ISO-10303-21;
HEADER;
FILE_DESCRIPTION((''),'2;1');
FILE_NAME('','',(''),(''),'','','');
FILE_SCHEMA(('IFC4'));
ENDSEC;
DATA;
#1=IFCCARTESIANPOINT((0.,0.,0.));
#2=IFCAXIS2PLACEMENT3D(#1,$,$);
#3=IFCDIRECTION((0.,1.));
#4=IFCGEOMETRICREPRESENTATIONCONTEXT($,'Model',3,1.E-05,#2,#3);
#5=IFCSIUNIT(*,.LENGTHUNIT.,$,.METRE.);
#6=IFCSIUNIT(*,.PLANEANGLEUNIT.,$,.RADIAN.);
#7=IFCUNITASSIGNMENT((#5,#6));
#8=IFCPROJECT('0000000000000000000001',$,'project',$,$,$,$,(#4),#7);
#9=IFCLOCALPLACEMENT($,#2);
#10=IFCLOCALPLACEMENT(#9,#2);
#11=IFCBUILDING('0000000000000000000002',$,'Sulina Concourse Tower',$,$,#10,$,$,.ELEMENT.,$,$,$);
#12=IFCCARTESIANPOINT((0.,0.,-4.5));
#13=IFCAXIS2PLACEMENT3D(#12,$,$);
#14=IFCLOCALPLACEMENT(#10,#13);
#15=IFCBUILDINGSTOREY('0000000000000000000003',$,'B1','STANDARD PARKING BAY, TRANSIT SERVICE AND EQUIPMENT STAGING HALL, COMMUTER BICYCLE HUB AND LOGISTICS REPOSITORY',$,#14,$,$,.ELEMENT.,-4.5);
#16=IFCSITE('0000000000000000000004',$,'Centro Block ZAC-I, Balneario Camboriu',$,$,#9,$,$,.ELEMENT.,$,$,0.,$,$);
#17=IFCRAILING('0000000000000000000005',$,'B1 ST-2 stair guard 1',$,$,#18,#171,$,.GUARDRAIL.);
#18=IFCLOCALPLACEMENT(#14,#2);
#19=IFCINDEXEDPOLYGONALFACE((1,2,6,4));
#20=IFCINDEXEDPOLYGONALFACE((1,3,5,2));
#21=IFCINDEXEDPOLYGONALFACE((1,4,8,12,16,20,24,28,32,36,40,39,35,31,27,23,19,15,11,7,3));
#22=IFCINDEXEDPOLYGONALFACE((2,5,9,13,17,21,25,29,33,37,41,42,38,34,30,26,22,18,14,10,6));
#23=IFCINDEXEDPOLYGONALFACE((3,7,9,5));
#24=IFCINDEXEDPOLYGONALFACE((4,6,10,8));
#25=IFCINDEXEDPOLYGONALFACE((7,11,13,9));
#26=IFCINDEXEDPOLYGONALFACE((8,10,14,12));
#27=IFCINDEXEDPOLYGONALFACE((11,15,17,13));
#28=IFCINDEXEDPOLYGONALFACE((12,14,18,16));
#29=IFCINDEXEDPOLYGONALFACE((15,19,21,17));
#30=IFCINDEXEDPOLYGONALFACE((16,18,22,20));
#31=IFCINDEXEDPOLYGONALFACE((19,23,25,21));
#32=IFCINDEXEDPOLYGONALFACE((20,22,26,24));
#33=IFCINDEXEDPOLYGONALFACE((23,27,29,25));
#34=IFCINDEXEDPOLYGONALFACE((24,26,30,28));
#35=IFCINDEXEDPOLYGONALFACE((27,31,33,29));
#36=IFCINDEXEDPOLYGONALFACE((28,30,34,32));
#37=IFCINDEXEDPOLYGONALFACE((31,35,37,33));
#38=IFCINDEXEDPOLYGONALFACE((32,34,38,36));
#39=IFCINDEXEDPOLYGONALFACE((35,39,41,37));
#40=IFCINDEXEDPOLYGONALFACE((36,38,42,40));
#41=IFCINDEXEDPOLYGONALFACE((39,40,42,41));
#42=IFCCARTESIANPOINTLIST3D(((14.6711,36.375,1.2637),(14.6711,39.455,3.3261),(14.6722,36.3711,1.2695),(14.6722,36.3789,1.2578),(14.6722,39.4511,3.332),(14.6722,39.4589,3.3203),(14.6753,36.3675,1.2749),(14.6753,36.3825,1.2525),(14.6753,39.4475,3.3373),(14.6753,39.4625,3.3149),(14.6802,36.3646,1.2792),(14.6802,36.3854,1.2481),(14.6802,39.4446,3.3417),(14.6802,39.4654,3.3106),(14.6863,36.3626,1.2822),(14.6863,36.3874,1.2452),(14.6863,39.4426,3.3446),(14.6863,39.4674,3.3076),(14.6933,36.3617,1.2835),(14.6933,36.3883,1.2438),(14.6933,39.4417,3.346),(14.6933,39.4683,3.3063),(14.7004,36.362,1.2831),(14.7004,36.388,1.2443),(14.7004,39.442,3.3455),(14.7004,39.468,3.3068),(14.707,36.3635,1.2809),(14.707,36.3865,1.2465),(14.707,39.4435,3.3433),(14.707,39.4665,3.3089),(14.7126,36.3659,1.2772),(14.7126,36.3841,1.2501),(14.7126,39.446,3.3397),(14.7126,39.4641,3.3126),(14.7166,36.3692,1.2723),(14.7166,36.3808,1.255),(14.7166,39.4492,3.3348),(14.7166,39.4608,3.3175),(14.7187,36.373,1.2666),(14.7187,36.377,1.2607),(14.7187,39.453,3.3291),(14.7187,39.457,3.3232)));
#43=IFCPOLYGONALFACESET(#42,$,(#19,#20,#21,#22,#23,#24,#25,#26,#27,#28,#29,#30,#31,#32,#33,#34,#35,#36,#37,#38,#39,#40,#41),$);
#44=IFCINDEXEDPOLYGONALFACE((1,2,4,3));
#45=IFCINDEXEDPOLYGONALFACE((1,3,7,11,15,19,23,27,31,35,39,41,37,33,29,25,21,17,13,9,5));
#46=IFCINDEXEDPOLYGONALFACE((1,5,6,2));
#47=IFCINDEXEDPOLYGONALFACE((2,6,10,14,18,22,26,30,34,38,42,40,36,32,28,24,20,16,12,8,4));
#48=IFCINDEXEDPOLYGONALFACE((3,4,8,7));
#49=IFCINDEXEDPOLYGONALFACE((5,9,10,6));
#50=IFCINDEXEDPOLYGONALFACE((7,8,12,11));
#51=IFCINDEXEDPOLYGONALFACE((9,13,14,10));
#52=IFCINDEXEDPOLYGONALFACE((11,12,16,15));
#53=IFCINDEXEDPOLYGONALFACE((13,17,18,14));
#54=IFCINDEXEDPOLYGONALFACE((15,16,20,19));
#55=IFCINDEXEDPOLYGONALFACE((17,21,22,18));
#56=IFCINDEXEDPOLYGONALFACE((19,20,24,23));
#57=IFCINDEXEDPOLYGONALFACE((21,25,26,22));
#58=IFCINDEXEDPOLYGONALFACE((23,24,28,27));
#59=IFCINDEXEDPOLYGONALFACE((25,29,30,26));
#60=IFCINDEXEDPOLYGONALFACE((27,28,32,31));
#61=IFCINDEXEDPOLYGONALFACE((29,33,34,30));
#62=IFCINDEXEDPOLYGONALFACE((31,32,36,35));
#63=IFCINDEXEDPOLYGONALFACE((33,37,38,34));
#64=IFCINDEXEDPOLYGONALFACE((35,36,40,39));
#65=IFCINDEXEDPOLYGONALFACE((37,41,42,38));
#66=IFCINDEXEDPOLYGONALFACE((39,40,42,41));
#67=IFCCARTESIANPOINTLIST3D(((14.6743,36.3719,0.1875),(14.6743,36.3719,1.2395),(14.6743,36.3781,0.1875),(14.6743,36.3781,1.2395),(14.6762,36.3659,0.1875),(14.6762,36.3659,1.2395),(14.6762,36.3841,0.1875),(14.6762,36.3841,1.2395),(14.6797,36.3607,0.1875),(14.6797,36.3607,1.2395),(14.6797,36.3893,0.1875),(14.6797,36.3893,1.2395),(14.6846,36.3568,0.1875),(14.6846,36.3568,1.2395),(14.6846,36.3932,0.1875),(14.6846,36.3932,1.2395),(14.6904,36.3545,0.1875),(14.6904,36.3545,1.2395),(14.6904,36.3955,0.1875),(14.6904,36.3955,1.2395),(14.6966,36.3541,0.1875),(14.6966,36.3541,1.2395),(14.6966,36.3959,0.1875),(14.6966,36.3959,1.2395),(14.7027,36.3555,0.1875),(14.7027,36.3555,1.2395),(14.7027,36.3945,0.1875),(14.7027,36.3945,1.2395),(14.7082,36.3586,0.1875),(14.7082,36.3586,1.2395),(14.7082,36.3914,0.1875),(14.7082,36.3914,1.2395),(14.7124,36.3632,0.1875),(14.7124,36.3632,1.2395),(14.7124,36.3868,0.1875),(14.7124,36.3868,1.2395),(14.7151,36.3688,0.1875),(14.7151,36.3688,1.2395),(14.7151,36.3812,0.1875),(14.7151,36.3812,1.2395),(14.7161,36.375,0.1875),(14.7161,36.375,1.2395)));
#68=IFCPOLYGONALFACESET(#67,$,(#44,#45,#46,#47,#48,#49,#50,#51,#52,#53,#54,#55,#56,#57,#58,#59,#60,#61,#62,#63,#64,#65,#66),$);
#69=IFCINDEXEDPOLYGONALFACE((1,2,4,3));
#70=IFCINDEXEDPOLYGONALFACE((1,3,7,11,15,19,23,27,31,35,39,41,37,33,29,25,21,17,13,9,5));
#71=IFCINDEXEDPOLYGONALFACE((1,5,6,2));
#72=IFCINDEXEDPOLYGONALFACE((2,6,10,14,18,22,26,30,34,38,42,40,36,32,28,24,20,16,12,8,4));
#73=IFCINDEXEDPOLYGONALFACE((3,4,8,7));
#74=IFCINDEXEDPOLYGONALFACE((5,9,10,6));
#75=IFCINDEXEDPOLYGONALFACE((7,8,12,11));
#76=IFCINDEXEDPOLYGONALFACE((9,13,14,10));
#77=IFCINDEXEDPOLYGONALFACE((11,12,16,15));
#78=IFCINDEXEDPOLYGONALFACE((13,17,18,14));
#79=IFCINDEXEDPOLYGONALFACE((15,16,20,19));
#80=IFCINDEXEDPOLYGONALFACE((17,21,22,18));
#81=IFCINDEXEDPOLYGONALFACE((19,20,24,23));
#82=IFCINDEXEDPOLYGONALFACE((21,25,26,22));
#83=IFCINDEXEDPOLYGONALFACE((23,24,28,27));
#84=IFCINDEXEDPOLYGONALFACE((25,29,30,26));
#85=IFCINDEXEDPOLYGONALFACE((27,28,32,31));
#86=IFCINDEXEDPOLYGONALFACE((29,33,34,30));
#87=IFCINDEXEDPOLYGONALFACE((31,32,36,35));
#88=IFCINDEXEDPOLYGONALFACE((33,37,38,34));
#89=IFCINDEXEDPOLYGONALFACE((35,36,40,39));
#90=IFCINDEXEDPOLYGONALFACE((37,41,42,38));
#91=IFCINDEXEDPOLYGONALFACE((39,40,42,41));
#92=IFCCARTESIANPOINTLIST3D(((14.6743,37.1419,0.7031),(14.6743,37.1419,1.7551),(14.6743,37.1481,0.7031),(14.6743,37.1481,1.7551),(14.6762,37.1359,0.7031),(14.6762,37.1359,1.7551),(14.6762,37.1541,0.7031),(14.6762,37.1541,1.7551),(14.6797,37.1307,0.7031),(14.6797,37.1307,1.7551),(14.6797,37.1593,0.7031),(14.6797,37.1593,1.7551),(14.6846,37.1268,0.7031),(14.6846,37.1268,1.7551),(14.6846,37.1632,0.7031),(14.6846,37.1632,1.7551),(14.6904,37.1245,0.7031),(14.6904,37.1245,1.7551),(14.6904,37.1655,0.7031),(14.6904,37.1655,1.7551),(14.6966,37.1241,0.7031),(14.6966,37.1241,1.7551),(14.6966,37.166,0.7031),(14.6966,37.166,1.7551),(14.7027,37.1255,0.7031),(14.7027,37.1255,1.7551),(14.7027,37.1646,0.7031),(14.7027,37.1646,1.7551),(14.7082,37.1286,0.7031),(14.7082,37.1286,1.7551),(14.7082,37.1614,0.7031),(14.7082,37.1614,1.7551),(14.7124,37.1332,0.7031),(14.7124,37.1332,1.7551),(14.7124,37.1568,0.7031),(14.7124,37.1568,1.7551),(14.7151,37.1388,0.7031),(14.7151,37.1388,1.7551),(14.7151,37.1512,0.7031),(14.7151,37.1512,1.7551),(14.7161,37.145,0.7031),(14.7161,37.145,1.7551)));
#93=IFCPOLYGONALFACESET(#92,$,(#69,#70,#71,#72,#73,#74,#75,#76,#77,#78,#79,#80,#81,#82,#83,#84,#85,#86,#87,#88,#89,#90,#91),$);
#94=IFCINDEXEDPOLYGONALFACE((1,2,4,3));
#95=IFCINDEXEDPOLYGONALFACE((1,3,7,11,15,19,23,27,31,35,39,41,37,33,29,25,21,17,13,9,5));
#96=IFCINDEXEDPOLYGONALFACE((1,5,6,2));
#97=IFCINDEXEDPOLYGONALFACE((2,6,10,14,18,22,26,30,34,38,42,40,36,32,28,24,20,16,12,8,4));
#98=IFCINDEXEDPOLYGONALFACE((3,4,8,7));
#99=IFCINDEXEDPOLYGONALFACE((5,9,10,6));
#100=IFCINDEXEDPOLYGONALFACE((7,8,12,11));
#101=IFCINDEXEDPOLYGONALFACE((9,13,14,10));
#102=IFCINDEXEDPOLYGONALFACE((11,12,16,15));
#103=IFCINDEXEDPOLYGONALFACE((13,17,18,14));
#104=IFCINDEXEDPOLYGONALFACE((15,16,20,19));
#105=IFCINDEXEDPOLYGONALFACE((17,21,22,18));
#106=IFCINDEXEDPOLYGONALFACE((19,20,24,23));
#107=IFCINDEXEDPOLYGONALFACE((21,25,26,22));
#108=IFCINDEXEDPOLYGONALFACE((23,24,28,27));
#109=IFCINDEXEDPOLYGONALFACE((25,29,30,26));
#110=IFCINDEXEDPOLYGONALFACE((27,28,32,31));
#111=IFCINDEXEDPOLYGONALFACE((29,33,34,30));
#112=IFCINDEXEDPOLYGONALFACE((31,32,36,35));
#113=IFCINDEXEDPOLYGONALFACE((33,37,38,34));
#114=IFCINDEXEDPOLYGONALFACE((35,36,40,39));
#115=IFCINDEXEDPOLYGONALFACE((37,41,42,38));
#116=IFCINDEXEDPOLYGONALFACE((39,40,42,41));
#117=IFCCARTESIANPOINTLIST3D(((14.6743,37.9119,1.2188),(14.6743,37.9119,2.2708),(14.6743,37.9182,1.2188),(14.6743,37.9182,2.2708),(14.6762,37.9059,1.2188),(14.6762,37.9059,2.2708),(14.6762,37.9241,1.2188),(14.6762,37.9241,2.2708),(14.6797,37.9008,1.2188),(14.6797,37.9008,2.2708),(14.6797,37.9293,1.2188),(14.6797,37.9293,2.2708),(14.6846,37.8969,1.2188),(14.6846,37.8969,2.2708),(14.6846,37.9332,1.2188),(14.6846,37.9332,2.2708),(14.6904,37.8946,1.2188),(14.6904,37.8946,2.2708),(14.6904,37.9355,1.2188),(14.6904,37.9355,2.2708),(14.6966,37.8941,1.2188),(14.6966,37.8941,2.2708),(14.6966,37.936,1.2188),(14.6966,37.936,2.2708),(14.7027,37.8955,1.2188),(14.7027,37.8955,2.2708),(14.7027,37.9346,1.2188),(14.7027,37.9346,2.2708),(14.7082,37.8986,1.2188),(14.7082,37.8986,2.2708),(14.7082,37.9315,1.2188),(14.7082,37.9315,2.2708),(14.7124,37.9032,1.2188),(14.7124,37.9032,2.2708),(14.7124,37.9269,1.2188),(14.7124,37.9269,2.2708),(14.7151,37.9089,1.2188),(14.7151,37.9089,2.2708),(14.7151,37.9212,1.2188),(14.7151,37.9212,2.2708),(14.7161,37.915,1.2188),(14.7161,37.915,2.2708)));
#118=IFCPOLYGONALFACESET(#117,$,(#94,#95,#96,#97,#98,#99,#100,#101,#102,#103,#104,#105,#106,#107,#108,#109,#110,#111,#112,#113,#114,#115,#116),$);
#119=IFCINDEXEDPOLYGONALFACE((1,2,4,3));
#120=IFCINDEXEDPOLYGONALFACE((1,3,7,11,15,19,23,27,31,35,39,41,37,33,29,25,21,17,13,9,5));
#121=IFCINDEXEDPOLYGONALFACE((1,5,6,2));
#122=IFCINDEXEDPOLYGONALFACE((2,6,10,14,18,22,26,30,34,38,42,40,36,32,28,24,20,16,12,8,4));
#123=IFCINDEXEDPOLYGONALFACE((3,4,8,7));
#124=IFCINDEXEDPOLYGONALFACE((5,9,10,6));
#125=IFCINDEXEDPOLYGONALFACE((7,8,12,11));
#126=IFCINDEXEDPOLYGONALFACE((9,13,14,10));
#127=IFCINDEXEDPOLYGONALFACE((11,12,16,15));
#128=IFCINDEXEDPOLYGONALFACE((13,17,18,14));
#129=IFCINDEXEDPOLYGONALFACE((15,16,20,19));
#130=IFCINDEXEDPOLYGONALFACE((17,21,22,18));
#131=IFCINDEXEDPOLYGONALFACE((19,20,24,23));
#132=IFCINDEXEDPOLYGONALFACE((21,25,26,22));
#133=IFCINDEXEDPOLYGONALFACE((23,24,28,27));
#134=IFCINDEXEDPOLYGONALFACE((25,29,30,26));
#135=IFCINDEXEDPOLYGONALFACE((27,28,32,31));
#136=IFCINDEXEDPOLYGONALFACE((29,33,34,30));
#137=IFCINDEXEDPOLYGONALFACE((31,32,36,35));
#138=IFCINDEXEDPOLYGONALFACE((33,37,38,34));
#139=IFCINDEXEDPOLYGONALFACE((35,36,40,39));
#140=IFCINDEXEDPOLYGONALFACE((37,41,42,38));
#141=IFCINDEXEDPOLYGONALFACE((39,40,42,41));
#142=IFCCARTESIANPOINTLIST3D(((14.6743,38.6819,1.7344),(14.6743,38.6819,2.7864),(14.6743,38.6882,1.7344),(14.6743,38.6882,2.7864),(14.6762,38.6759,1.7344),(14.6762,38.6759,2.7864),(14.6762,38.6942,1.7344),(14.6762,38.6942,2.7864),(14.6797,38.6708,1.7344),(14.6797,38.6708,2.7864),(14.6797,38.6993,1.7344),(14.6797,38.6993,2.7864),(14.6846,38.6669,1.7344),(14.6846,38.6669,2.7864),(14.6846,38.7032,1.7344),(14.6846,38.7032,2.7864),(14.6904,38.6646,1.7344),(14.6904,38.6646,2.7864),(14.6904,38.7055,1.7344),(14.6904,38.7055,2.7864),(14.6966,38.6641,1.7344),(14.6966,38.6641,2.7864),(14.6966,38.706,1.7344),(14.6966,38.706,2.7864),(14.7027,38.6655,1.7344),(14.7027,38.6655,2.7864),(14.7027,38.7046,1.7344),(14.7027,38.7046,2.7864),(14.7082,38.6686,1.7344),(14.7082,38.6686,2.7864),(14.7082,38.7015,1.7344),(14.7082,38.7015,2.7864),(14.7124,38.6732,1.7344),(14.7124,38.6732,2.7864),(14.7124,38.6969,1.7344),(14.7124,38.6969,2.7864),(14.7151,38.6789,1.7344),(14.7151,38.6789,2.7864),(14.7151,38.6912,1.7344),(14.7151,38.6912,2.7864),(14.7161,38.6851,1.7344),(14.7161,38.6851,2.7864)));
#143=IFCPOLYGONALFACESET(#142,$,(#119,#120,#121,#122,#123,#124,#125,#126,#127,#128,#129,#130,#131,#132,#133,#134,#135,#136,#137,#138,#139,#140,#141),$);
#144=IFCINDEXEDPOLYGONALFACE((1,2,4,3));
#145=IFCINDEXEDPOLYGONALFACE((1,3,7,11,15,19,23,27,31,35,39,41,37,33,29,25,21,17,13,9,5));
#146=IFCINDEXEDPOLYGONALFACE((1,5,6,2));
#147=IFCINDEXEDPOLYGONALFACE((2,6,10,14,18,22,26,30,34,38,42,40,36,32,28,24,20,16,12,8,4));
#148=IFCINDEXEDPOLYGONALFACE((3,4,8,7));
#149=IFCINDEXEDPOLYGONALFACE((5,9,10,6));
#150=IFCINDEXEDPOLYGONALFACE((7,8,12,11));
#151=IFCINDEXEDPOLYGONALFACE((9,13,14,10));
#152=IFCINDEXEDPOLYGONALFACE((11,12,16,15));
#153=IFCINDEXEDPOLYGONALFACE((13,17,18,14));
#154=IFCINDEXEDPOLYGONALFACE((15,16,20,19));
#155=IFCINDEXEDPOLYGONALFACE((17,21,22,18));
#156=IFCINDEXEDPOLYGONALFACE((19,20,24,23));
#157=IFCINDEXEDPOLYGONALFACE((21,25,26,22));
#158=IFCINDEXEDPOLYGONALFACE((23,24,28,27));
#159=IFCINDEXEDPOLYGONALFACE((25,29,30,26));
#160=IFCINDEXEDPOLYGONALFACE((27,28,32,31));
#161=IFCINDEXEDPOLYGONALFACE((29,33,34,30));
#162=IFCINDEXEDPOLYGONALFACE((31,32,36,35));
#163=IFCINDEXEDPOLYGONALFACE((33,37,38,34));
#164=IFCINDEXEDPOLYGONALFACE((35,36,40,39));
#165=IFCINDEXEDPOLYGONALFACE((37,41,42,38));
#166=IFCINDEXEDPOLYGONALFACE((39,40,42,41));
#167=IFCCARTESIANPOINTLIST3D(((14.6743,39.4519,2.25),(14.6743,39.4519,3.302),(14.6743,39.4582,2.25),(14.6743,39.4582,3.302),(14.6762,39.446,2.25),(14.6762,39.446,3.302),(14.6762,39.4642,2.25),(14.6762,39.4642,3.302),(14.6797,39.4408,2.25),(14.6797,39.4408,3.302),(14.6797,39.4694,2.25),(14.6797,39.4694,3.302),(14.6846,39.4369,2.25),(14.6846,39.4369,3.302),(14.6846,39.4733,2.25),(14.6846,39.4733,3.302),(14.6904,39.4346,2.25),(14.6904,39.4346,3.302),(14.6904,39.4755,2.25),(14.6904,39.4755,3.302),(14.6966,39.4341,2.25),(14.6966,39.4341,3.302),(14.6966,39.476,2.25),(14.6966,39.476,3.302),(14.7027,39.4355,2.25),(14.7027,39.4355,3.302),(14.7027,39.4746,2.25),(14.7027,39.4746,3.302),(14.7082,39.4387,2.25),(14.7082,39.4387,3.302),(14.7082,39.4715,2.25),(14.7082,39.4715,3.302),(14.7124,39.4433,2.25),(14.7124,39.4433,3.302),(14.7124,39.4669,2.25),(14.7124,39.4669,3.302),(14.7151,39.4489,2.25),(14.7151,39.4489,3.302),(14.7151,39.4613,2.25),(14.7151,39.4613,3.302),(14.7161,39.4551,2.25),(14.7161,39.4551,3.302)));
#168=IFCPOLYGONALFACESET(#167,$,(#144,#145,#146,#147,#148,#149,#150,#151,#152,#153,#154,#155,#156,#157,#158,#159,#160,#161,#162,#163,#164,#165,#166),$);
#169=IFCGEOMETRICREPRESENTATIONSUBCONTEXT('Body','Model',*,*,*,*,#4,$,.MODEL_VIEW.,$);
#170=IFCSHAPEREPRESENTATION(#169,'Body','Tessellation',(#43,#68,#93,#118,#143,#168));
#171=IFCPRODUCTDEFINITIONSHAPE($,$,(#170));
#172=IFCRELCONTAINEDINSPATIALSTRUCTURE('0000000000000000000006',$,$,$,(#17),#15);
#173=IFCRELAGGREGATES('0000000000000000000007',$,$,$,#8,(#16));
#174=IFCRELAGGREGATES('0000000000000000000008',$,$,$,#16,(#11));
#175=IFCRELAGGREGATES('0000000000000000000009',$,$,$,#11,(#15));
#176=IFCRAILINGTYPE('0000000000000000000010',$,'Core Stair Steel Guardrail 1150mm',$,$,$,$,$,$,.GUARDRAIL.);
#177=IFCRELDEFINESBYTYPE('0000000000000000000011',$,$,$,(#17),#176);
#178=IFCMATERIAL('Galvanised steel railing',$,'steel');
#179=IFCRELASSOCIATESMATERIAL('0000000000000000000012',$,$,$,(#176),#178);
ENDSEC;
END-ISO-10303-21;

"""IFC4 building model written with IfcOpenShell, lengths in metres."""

from ifc_helpers import new_model, si_unit, direction, frame, origin, origin_2d, place, context, subcontext, project, spatial, circle, extrude, material, type_object, element, save


model = new_model("IFC4")

# Units and contexts
model_context = context("Model", 3, precision=1e-05, world=origin(), true_north=direction((0.0, 1.0)))
body_context = subcontext(model_context, "Body", "Model", "MODEL_VIEW")
ifc_project = project(units=[si_unit("LENGTHUNIT", "METRE"), si_unit("PLANEANGLEUNIT", "RADIAN")], contexts=[model_context])

# Site, building, storey
site_placement = place(None, origin())
site = spatial("IfcSite", under=ifc_project, at=site_placement, Name="Centro Block ZAC-I, Balneario Camboriu", CompositionType="ELEMENT", RefElevation=0.0)
building_placement = place(site_placement, origin())
building = spatial("IfcBuilding", under=site, at=building_placement, Name="Sulina Concourse Tower", CompositionType="ELEMENT")
storey_placement = place(building_placement, frame((0.0, 0.0, -4.5)))
storey = spatial("IfcBuildingStorey", under=building, at=storey_placement, Name="B1", Description="STANDARD PARKING BAY, TRANSIT SERVICE AND EQUIPMENT STAGING HALL, COMMUTER BICYCLE HUB AND LOGISTICS REPOSITORY", CompositionType="ELEMENT", Elevation=-4.5)

# Railing
ifc_material_1 = material(Name="Galvanised steel railing", Category="steel")
railing_type_1 = type_object("IfcRailingType", Name="Core Stair Steel Guardrail 1150mm", PredefinedType="GUARDRAIL", material=ifc_material_1)
railing_1_placement = place(storey_placement, frame((14.6951, 36.375, 0.1875)))
element("IfcRailing", 1, at=railing_1_placement, inside=storey, type_object=railing_type_1, Name="B1 ST-2 stair guard 1", PredefinedType="GUARDRAIL", context=body_context, shape_type="SweptSolid", body=[
    extrude(circle(Radius=0.0239, at=origin_2d()), frame((0.0, 0.0, 1.0762), z_axis=(0.0, 0.830914, 0.556401), x_axis=(-1.0, 0.0, 0.0)), (0.0, 0.0, 1.0), 3.7068),
    extrude(circle(Radius=0.021, at=origin_2d()), origin(), (0.0, 0.0, 1.0), 1.052),
    extrude(circle(Radius=0.021, at=origin_2d()), frame((0.0, 0.77, 0.5156)), (0.0, 0.0, 1.0), 1.052),
    extrude(circle(Radius=0.021, at=origin_2d()), frame((0.0, 1.54, 1.0312)), (0.0, 0.0, 1.0), 1.052),
    extrude(circle(Radius=0.021, at=origin_2d()), frame((0.0, 2.3101, 1.5469)), (0.0, 0.0, 1.0), 1.052),
    extrude(circle(Radius=0.021, at=origin_2d()), frame((0.0, 3.0801, 2.0625)), (0.0, 0.0, 1.0), 1.052),
])

save(model, "model.ifc")
